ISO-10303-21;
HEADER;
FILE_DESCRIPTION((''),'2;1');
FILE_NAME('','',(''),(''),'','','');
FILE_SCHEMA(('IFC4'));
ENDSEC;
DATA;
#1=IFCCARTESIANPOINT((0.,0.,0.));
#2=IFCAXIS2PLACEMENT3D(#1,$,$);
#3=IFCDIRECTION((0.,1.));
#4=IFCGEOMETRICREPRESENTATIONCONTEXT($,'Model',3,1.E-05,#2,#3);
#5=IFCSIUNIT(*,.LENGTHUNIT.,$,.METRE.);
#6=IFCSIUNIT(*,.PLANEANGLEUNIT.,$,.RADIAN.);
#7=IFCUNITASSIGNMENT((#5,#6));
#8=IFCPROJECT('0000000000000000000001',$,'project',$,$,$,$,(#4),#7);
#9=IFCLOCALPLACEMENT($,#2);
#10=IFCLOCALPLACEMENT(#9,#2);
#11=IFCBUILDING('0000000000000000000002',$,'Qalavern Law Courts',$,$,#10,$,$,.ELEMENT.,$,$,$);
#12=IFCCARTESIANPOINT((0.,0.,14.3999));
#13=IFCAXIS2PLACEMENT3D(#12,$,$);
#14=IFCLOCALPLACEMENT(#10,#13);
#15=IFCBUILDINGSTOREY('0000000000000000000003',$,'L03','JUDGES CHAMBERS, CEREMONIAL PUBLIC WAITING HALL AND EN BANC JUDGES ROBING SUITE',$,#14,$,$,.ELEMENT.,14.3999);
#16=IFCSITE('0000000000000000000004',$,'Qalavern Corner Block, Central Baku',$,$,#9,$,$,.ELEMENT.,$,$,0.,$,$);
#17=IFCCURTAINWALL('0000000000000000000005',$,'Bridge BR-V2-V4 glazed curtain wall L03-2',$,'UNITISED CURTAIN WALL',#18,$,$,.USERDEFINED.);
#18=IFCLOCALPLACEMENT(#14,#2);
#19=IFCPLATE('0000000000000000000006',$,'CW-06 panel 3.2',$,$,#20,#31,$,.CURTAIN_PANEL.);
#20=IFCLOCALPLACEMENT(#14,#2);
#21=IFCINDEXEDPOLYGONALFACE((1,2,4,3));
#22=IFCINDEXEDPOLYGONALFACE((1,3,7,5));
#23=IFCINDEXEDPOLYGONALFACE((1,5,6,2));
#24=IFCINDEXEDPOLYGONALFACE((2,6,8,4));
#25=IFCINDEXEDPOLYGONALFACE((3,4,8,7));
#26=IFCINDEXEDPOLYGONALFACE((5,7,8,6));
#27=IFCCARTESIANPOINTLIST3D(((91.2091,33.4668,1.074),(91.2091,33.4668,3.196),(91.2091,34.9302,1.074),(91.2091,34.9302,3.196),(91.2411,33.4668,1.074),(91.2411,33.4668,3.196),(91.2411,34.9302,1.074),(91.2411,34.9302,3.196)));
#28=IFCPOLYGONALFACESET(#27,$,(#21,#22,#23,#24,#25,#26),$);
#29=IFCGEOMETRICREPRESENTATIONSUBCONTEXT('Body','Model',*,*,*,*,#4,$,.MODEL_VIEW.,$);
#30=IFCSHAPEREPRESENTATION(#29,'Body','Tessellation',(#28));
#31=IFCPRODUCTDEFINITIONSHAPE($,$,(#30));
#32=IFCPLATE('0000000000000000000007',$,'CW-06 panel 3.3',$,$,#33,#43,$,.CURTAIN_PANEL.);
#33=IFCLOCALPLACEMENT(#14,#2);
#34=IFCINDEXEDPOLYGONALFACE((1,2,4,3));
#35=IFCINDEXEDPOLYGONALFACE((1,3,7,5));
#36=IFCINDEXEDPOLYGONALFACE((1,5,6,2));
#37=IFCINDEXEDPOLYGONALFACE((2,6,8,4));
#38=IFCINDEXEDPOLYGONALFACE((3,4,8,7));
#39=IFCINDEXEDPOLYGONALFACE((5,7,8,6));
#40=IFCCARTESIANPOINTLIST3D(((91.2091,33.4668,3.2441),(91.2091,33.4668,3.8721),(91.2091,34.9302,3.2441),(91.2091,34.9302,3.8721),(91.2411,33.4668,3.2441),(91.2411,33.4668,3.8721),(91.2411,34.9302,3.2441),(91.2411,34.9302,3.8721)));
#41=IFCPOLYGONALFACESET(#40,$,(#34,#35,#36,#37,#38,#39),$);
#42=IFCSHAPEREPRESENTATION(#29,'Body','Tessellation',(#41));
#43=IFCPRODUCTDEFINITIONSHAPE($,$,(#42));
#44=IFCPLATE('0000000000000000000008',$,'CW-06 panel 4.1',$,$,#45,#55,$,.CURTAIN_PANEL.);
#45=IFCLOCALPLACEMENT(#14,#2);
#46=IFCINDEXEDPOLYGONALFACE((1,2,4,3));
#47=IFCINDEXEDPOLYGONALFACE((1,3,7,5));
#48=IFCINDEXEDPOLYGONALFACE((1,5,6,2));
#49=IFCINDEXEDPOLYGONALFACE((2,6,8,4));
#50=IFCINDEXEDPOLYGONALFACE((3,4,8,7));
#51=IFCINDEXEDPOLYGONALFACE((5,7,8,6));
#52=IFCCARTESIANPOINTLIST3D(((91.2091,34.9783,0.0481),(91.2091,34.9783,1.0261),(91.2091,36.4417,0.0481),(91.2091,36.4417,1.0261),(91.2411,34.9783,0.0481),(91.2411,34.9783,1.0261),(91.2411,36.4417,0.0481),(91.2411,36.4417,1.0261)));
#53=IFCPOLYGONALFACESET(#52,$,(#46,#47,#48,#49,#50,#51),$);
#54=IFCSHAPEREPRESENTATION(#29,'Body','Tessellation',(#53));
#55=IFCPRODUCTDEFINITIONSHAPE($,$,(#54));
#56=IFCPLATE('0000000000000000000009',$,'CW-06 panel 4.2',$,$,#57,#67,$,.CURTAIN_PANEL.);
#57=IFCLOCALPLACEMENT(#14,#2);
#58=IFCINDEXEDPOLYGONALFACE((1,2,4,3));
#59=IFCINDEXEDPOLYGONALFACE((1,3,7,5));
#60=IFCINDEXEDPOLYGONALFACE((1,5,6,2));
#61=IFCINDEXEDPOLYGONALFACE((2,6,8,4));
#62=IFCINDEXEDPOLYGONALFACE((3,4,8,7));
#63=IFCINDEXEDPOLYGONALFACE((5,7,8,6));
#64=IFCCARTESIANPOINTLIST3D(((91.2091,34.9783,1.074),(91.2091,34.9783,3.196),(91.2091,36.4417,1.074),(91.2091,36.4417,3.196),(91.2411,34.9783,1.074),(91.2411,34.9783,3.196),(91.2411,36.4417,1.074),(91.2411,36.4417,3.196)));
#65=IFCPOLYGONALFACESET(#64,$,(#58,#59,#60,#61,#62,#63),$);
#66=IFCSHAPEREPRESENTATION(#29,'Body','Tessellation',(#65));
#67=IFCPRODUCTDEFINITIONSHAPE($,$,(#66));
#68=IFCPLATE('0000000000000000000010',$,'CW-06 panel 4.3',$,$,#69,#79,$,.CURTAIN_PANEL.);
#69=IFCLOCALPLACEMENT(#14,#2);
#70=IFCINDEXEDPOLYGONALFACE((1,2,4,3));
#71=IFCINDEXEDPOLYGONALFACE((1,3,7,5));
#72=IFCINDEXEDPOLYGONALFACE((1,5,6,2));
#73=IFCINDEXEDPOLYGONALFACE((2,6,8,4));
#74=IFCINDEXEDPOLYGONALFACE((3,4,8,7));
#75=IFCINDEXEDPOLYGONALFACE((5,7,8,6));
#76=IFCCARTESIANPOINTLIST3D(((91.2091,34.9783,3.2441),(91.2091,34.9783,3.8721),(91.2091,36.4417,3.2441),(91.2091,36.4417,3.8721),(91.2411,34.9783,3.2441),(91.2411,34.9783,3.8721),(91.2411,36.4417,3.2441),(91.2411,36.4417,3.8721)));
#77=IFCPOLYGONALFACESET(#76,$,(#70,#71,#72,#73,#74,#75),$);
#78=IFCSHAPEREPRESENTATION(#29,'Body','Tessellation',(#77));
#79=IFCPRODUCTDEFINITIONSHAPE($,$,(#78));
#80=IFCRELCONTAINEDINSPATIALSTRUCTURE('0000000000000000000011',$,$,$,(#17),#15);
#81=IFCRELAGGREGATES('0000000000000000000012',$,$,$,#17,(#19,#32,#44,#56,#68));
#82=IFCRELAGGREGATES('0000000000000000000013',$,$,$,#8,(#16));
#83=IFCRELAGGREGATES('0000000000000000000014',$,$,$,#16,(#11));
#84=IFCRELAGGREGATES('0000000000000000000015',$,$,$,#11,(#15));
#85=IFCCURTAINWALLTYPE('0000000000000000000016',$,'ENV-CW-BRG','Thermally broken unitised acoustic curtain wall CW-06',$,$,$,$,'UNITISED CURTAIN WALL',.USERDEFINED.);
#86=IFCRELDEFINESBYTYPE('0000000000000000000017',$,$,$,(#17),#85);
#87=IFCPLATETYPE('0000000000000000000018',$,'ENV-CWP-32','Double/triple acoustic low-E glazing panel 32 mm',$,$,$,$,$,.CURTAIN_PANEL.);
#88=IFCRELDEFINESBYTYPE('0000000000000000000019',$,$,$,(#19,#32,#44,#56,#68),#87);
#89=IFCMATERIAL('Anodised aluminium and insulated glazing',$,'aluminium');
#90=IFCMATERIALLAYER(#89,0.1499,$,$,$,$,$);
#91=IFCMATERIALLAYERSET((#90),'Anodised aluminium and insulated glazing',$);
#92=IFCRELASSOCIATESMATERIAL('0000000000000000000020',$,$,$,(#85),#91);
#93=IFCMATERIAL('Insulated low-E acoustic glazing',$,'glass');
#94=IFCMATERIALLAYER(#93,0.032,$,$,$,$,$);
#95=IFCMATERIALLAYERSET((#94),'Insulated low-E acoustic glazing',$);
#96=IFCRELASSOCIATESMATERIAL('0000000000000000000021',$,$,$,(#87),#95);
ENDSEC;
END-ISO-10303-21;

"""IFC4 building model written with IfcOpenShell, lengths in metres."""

from ifc_helpers import new_model, si_unit, direction, frame, origin, origin_2d, place, context, subcontext, project, spatial, rectangle, extrude, material, layer, layer_set, type_object, element, aggregate, save


model = new_model("IFC4")

# Units and contexts
model_context = context("Model", 3, precision=1e-05, world=origin(), true_north=direction((0.0, 1.0)))
body_context = subcontext(model_context, "Body", "Model", "MODEL_VIEW")
ifc_project = project(units=[si_unit("LENGTHUNIT", "METRE"), si_unit("PLANEANGLEUNIT", "RADIAN")], contexts=[model_context])

# Site, building, storey
site_placement = place(None, origin())
site = spatial("IfcSite", under=ifc_project, at=site_placement, Name="Qalavern Corner Block, Central Baku", CompositionType="ELEMENT", RefElevation=0.0)
building_placement = place(site_placement, origin())
building = spatial("IfcBuilding", under=site, at=building_placement, Name="Qalavern Law Courts", CompositionType="ELEMENT")
storey_placement = place(building_placement, frame((0.0, 0.0, 14.3999)))
storey = spatial("IfcBuildingStorey", under=building, at=storey_placement, Name="L03", Description="JUDGES CHAMBERS, CEREMONIAL PUBLIC WAITING HALL AND EN BANC JUDGES ROBING SUITE", CompositionType="ELEMENT", Elevation=14.3999)

# Curtain wall
ifc_material_1 = material(Name="Anodised aluminium and insulated glazing", Category="aluminium")
ifc_layer_1 = layer(ifc_material_1, 0.1499)
ifc_layer_set_1 = layer_set([ifc_layer_1], Name="Anodised aluminium and insulated glazing")
curtain_wall_type = type_object("IfcCurtainWallType", Name="ENV-CW-BRG", Description="Thermally broken unitised acoustic curtain wall CW-06", ElementType="UNITISED CURTAIN WALL", PredefinedType="USERDEFINED", material=ifc_layer_set_1)
curtain_wall_1_placement = place(storey_placement, origin())
curtain_wall_1 = element("IfcCurtainWall", 1, at=curtain_wall_1_placement, inside=storey, type_object=curtain_wall_type, Name="Bridge BR-V2-V4 glazed curtain wall L03-2", ObjectType="UNITISED CURTAIN WALL", PredefinedType="USERDEFINED")

# Plates
ifc_material_2 = material(Name="Insulated low-E acoustic glazing", Category="glass")
ifc_layer_2 = layer(ifc_material_2, 0.032)
ifc_layer_set_2 = layer_set([ifc_layer_2], Name="Insulated low-E acoustic glazing")
plate_type = type_object("IfcPlateType", Name="ENV-CWP-32", Description="Double/triple acoustic low-E glazing panel 32 mm", PredefinedType="CURTAIN_PANEL", material=ifc_layer_set_2)
plate_1_placement = place(storey_placement, frame((91.2251, 34.1985, 1.074), z_axis=(0.0, 0.0, 1.0), x_axis=(0.0, 1.0, 0.0)))
plate_1 = element("IfcPlate", 2, at=plate_1_placement, type_object=plate_type, Name="CW-06 panel 3.2", PredefinedType="CURTAIN_PANEL", context=body_context, shape_type="SweptSolid", body=[
    extrude(rectangle(XDim=1.4634, YDim=0.032, at=origin_2d()), origin(), (0.0, 0.0, 1.0), 2.1221),
])
plate_2_placement = place(storey_placement, frame((91.2251, 34.1985, 3.2441), z_axis=(0.0, 0.0, 1.0), x_axis=(0.0, 1.0, 0.0)))
plate_2 = element("IfcPlate", 3, at=plate_2_placement, type_object=plate_type, Name="CW-06 panel 3.3", PredefinedType="CURTAIN_PANEL", context=body_context, shape_type="SweptSolid", body=[
    extrude(rectangle(XDim=1.4634, YDim=0.032, at=origin_2d()), origin(), (0.0, 0.0, 1.0), 0.6279),
])
plate_3_placement = place(storey_placement, frame((91.2251, 35.71, 0.0481), z_axis=(0.0, 0.0, 1.0), x_axis=(0.0, 1.0, 0.0)))
plate_3 = element("IfcPlate", 4, at=plate_3_placement, type_object=plate_type, Name="CW-06 panel 4.1", PredefinedType="CURTAIN_PANEL", context=body_context, shape_type="SweptSolid", body=[
    extrude(rectangle(XDim=1.4634, YDim=0.032, at=origin_2d()), origin(), (0.0, 0.0, 1.0), 0.978),
])
plate_4_placement = place(storey_placement, frame((91.2251, 35.71, 1.074), z_axis=(0.0, 0.0, 1.0), x_axis=(0.0, 1.0, 0.0)))
plate_4 = element("IfcPlate", 5, at=plate_4_placement, type_object=plate_type, Name="CW-06 panel 4.2", PredefinedType="CURTAIN_PANEL", context=body_context, shape_type="SweptSolid", body=[
    extrude(rectangle(XDim=1.4634, YDim=0.032, at=origin_2d()), origin(), (0.0, 0.0, 1.0), 2.1221),
])
plate_5_placement = place(storey_placement, frame((91.2251, 35.71, 3.2441), z_axis=(0.0, 0.0, 1.0), x_axis=(0.0, 1.0, 0.0)))
plate_5 = element("IfcPlate", 6, at=plate_5_placement, type_object=plate_type, Name="CW-06 panel 4.3", PredefinedType="CURTAIN_PANEL", context=body_context, shape_type="SweptSolid", body=[
    extrude(rectangle(XDim=1.4634, YDim=0.032, at=origin_2d()), origin(), (0.0, 0.0, 1.0), 0.6279),
])
aggregate(curtain_wall_1, [plate_1, plate_2, plate_3, plate_4, plate_5])

save(model, "model.ifc")
